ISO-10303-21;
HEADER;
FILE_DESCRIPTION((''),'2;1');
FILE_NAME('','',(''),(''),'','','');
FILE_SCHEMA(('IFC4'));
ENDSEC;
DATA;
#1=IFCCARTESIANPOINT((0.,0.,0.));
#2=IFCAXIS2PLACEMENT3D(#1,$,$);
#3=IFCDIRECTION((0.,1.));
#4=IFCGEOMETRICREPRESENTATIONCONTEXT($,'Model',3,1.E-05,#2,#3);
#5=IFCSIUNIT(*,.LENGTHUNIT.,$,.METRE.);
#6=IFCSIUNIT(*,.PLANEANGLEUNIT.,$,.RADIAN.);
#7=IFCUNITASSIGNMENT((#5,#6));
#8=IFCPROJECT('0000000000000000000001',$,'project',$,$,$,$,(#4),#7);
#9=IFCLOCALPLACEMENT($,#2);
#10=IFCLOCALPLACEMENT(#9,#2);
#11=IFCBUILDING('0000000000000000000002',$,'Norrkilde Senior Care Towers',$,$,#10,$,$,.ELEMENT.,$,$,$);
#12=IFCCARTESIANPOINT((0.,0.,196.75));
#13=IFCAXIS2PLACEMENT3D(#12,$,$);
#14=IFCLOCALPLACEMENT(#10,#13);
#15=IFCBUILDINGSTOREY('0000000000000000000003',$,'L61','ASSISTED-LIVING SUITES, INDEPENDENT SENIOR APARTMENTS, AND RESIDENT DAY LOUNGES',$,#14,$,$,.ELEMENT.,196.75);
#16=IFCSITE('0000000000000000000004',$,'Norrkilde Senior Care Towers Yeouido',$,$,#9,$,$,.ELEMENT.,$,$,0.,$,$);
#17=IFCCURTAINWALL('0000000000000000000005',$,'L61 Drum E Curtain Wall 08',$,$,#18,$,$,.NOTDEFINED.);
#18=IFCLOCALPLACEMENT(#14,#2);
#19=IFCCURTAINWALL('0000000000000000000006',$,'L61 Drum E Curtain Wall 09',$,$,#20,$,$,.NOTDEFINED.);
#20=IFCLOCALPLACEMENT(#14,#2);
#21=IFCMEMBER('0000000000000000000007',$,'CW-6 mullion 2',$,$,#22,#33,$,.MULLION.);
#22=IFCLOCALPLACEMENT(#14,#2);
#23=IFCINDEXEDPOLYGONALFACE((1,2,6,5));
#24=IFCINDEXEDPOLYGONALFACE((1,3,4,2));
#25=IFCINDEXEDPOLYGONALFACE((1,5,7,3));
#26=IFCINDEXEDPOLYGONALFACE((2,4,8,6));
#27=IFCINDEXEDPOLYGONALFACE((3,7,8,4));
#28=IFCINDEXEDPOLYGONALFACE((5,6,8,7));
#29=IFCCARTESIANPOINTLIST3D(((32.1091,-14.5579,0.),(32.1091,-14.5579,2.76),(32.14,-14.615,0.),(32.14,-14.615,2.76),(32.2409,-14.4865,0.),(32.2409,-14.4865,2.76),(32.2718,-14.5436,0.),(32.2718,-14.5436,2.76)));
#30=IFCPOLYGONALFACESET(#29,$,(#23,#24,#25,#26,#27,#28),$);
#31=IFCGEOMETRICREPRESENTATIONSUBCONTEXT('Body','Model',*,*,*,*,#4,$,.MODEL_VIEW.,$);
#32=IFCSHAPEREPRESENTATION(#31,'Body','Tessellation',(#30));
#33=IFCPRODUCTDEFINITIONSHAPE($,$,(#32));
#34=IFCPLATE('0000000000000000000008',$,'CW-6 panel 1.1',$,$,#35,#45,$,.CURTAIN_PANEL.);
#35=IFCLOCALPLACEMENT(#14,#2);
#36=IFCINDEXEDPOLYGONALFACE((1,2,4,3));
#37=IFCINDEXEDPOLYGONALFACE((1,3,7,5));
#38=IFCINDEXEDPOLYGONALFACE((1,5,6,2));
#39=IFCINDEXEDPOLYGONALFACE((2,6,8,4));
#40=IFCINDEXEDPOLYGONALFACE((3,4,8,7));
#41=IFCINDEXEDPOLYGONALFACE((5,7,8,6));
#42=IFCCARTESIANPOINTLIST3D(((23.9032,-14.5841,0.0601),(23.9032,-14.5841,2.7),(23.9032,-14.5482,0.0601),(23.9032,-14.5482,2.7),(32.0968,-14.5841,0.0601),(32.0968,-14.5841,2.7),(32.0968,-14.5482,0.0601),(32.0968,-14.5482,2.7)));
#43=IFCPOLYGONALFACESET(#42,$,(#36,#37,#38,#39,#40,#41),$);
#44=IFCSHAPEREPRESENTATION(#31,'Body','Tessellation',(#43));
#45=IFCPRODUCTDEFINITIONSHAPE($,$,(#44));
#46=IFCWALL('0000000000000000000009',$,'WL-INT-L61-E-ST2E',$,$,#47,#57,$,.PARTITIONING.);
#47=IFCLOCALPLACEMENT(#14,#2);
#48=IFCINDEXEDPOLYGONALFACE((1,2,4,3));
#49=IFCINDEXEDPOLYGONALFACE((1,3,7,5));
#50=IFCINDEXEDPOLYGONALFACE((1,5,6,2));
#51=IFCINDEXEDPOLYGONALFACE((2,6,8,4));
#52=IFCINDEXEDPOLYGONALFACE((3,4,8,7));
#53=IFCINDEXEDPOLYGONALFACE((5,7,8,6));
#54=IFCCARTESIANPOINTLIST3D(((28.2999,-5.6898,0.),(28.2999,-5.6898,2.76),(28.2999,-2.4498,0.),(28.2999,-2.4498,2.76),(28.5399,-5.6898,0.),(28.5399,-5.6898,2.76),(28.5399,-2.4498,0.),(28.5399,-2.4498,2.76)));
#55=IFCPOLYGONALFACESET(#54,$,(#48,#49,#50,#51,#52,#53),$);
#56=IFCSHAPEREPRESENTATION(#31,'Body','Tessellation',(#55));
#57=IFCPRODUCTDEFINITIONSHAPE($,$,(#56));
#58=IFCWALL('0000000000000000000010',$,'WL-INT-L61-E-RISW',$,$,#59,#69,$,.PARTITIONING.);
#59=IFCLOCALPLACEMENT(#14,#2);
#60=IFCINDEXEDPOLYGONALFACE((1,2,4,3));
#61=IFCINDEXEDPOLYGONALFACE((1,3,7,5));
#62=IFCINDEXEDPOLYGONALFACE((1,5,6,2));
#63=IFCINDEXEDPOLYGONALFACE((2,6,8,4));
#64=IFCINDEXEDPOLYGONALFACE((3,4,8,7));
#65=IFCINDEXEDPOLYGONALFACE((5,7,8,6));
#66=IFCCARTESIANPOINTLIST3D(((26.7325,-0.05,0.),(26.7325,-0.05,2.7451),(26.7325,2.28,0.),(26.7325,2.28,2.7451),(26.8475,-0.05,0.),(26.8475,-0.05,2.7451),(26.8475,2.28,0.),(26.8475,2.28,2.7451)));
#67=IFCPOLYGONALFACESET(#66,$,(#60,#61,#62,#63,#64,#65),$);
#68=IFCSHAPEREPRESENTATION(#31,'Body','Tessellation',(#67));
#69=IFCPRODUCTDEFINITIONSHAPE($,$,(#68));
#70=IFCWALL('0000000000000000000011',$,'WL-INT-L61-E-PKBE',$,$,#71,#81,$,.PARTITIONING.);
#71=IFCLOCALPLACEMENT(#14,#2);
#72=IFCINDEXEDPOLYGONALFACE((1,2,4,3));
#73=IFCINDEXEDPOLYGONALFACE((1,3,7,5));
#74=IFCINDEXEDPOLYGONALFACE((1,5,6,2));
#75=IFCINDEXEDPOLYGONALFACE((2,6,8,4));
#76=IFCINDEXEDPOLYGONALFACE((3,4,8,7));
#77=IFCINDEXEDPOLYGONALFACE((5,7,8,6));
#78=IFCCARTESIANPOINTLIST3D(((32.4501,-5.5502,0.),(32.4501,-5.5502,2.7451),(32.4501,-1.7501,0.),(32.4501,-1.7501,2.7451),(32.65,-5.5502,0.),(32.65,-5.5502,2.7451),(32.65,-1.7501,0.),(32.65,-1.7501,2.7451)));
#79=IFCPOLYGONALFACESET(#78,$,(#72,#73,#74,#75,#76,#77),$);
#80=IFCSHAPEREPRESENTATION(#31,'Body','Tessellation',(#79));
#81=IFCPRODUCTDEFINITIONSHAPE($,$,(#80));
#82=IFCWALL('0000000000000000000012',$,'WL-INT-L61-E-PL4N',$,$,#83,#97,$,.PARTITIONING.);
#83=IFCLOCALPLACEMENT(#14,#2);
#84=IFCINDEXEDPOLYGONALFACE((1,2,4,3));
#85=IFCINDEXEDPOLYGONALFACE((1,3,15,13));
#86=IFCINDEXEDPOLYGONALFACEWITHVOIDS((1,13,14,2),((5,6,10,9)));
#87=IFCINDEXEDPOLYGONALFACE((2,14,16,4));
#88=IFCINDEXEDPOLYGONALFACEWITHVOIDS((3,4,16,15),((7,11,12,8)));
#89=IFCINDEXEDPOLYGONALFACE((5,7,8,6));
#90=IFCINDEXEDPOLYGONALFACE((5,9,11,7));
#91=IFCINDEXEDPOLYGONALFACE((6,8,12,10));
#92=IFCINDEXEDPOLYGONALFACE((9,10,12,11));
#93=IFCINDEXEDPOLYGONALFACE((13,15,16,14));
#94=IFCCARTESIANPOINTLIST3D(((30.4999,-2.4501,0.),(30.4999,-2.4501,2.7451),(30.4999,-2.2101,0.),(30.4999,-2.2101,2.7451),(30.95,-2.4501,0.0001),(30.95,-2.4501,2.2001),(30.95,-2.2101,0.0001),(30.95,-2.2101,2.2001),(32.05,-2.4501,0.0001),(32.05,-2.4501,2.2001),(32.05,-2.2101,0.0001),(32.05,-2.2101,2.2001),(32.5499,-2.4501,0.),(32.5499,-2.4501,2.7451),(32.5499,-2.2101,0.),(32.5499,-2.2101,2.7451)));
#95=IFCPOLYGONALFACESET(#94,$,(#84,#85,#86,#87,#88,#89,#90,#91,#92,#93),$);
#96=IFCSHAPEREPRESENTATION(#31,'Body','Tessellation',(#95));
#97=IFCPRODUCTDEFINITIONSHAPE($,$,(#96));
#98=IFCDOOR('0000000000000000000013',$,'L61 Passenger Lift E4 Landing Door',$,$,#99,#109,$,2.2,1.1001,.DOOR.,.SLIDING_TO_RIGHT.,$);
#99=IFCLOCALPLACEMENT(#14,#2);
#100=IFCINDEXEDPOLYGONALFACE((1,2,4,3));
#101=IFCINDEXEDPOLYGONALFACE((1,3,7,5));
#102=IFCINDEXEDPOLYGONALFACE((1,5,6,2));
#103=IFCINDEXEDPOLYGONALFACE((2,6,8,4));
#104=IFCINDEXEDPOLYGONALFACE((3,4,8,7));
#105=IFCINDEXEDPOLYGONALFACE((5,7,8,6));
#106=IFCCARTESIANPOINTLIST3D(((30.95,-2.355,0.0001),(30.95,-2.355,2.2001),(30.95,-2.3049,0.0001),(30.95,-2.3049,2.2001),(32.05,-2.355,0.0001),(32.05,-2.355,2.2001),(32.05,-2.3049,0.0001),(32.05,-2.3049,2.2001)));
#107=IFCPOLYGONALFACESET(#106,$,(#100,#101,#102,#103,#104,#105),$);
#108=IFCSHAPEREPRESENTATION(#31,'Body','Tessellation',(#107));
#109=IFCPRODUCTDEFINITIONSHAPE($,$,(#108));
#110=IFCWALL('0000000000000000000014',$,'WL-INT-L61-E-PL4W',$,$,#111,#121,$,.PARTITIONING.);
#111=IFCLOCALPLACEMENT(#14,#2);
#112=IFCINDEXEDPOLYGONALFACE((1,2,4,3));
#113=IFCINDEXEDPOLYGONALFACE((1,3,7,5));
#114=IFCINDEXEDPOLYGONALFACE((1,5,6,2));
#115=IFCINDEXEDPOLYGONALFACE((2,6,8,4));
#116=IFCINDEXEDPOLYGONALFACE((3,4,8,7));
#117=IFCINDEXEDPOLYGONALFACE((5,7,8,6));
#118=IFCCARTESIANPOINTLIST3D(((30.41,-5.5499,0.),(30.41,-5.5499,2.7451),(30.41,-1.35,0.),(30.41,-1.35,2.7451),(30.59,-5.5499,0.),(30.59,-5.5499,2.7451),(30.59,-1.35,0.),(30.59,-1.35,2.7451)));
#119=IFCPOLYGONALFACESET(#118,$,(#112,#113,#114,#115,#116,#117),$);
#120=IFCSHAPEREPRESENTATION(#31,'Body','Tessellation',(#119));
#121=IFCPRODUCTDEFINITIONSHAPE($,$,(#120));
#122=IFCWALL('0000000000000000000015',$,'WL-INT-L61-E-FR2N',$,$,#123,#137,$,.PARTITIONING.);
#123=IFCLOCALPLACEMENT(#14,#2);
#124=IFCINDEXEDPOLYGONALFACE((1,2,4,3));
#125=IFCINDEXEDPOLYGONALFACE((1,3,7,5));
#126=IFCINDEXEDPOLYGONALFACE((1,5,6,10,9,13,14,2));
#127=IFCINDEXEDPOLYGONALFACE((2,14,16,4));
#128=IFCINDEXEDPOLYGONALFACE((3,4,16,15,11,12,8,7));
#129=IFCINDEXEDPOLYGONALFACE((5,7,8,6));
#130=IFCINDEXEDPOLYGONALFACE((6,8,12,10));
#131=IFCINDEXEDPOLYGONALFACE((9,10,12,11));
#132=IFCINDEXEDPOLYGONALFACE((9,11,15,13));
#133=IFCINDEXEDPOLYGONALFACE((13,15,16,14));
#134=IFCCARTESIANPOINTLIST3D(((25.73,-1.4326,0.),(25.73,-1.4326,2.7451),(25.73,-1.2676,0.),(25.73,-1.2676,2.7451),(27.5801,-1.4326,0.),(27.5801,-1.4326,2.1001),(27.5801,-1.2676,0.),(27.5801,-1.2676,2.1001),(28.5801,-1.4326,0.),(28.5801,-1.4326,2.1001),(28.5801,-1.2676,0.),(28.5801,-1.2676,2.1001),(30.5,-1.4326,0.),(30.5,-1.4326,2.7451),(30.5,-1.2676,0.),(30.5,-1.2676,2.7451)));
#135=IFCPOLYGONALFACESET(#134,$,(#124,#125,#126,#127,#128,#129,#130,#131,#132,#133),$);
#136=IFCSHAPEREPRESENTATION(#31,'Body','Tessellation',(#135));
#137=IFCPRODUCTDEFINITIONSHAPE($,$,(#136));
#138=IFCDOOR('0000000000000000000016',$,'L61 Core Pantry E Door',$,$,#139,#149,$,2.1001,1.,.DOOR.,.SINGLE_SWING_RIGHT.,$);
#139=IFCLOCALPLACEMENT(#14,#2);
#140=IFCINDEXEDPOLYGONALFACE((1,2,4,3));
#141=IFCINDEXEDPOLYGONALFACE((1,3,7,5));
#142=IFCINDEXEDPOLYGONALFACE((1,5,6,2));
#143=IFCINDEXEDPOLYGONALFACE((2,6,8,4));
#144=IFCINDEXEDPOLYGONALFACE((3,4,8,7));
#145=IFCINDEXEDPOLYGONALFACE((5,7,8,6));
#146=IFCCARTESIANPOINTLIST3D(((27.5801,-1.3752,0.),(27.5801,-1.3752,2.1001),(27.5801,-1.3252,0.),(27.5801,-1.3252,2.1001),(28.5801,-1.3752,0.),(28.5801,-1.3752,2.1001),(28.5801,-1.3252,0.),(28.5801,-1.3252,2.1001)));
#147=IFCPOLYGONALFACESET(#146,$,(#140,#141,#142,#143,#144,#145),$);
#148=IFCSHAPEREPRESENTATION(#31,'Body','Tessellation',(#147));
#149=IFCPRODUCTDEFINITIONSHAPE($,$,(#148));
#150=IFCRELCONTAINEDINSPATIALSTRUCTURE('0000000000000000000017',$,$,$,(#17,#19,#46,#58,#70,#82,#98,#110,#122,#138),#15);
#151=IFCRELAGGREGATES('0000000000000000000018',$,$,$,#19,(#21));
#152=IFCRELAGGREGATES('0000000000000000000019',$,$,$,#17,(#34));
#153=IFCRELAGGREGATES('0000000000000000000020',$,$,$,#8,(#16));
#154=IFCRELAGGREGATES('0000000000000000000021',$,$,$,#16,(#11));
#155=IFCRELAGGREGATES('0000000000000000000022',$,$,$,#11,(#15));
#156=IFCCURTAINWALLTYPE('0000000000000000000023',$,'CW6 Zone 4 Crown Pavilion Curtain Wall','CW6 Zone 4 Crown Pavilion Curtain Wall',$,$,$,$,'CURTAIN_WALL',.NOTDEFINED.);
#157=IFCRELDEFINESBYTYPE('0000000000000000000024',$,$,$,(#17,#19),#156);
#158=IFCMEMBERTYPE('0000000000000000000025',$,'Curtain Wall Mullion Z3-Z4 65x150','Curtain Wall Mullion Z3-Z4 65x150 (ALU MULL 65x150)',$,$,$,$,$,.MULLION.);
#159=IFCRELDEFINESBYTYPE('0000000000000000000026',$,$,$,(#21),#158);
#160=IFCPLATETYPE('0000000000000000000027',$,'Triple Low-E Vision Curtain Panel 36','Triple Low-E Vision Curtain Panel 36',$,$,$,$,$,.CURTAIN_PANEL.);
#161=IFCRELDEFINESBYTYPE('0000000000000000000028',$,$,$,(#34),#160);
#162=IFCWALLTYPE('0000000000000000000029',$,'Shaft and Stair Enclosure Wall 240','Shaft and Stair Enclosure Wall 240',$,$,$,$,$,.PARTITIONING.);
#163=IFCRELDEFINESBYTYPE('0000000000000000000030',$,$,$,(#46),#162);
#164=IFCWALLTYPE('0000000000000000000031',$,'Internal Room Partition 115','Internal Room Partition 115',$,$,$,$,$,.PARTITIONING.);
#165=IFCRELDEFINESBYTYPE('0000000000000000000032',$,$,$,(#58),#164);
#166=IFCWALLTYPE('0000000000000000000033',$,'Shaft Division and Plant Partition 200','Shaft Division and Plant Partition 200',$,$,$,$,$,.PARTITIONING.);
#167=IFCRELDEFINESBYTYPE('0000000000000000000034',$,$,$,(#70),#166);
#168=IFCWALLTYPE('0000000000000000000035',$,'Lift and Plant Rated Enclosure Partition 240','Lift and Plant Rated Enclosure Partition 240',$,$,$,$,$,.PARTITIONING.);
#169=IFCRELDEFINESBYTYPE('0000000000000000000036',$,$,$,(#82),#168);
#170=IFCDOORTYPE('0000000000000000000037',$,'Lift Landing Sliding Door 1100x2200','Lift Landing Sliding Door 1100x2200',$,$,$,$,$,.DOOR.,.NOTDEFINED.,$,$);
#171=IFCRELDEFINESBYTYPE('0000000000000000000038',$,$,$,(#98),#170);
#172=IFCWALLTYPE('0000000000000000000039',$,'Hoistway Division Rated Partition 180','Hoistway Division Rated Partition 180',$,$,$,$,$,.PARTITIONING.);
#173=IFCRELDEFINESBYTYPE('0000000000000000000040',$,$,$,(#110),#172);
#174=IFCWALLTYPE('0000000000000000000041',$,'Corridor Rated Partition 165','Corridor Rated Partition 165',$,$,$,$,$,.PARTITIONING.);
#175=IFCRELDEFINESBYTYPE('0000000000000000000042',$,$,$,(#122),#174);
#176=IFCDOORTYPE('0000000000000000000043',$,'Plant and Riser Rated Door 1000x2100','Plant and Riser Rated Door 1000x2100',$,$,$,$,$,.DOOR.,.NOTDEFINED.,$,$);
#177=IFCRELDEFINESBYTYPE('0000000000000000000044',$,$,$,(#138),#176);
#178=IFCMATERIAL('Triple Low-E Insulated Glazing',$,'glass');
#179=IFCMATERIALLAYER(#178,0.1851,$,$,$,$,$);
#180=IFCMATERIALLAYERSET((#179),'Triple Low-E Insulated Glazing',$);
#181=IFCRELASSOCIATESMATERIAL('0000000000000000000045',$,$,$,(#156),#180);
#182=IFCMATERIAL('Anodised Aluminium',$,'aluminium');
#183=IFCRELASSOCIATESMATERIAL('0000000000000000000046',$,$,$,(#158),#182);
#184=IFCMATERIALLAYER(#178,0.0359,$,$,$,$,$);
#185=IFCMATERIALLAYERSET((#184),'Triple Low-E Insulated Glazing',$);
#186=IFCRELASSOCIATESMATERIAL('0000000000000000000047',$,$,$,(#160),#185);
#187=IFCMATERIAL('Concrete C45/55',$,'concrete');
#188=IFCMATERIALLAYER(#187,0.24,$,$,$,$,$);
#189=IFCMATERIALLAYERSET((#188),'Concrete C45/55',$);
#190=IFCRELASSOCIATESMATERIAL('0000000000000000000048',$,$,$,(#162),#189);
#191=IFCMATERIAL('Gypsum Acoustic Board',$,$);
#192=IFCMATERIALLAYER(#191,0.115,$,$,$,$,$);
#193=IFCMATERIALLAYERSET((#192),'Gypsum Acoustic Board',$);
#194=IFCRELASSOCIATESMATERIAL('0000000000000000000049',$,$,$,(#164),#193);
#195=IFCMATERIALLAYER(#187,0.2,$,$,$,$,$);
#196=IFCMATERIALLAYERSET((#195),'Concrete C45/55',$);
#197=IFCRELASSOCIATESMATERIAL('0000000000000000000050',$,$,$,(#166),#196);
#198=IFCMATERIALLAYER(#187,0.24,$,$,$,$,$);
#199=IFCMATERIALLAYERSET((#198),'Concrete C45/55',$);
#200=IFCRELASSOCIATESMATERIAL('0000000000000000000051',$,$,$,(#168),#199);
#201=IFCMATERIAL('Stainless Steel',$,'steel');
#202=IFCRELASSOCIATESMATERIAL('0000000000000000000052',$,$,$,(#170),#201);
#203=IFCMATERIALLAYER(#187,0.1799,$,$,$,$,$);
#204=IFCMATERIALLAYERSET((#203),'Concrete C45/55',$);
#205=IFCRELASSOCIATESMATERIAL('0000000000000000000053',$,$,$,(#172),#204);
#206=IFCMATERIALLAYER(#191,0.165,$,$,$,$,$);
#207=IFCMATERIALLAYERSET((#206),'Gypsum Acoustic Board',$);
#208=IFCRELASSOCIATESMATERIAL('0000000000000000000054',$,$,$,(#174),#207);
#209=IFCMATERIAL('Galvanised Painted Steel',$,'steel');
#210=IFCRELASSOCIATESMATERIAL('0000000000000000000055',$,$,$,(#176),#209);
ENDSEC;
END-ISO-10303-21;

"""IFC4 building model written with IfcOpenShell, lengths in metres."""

from ifc_helpers import new_model, si_unit, direction, frame, frame_2d, origin, origin_2d, place, context, subcontext, project, spatial, rectangle, extrude, source, transform, mapped, material, layer, layer_set, material_profile, profile_set, type_object, type_shapes, element, fill, aggregate, save


model = new_model("IFC4")

# Units and contexts
model_context = context("Model", 3, precision=1e-05, world=origin(), true_north=direction((0.0, 1.0)))
body_context = subcontext(model_context, "Body", "Model", "MODEL_VIEW")
ifc_project = project(units=[si_unit("LENGTHUNIT", "METRE"), si_unit("PLANEANGLEUNIT", "RADIAN")], contexts=[model_context])

# Site, building, storey
site_placement = place(None, origin())
site = spatial("IfcSite", under=ifc_project, at=site_placement, Name="Norrkilde Senior Care Towers Yeouido", CompositionType="ELEMENT", RefElevation=0.0)
building_placement = place(site_placement, origin())
building = spatial("IfcBuilding", under=site, at=building_placement, Name="Norrkilde Senior Care Towers", CompositionType="ELEMENT")
storey_placement = place(building_placement, frame((0.0, 0.0, 196.75)))
storey = spatial("IfcBuildingStorey", under=building, at=storey_placement, Name="L61", Description="ASSISTED-LIVING SUITES, INDEPENDENT SENIOR APARTMENTS, AND RESIDENT DAY LOUNGES", CompositionType="ELEMENT", Elevation=196.75)

# Curtain wall
ifc_material_1 = material(Name="Triple Low-E Insulated Glazing", Category="glass")
ifc_layer_1 = layer(ifc_material_1, 0.1851)
ifc_layer_set_1 = layer_set([ifc_layer_1], Name="Triple Low-E Insulated Glazing")
curtain_wall_type = type_object("IfcCurtainWallType", Name="CW6 Zone 4 Crown Pavilion Curtain Wall", Description="CW6 Zone 4 Crown Pavilion Curtain Wall", ElementType="CURTAIN_WALL", PredefinedType="NOTDEFINED", material=ifc_layer_set_1)
curtain_wall_1_placement = place(storey_placement, origin())
curtain_wall_1 = element("IfcCurtainWall", 1, at=curtain_wall_1_placement, inside=storey, type_object=curtain_wall_type, Name="L61 Drum E Curtain Wall 08", PredefinedType="NOTDEFINED")
ifc_material_2 = material(Name="Anodised Aluminium", Category="aluminium")
ifc_material_profile_1 = material_profile(ifc_material_2, rectangle(XDim=0.0649, YDim=0.1499, at=origin_2d()), Name="ALU MULL 65x150")
ifc_profile_set_1 = profile_set([ifc_material_profile_1], Name="Anodised Aluminium")
member_type_1 = type_object("IfcMemberType", Name="Curtain Wall Mullion Z3-Z4 65x150", Description="Curtain Wall Mullion Z3-Z4 65x150 (ALU MULL 65x150)", PredefinedType="MULLION", material=ifc_profile_set_1)
shared_shape_1 = source(origin(), body_context, "Body", "SweptSolid", [
    extrude(rectangle(XDim=0.0649, YDim=0.1499, at=origin_2d()), origin(), (0.0, 0.0, 1.0), 2.76),
])
type_shapes(member_type_1, [shared_shape_1])

# Curtain wall, member
curtain_wall_2_placement = place(storey_placement, origin())
curtain_wall_2 = element("IfcCurtainWall", 2, at=curtain_wall_2_placement, inside=storey, type_object=curtain_wall_type, Name="L61 Drum E Curtain Wall 09", PredefinedType="NOTDEFINED")
member_1_placement = place(storey_placement, frame((32.1904, -14.5508, 0.0), z_axis=(0.0, 0.0, 1.0), x_axis=(0.476133, -0.879373, 0.0)))
member_1 = element("IfcMember", 3, at=member_1_placement, type_object=member_type_1, Name="CW-6 mullion 2", PredefinedType="MULLION", context=body_context, shape_type="MappedRepresentation", body=[
    mapped(shared_shape_1, transform((0.0, 0.0, 0.0), x_axis=(1.0, 0.0, 0.0), y_axis=(0.0, 1.0, 0.0), z_axis=(0.0, 0.0, 1.0), scale=1.0)),
])
aggregate(curtain_wall_2, [member_1])

# Plate
ifc_layer_2 = layer(ifc_material_1, 0.0359)
ifc_layer_set_2 = layer_set([ifc_layer_2], Name="Triple Low-E Insulated Glazing")
plate_type = type_object("IfcPlateType", Name="Triple Low-E Vision Curtain Panel 36", Description="Triple Low-E Vision Curtain Panel 36", PredefinedType="CURTAIN_PANEL", material=ifc_layer_set_2)
shared_shape_2 = source(origin(), body_context, "Body", "SweptSolid", [
    extrude(rectangle(XDim=8.1936, YDim=0.0359, at=origin_2d()), origin(), (0.0, 0.0, 1.0), 2.6399),
])
type_shapes(plate_type, [shared_shape_2])
plate_placement = place(storey_placement, frame((28.0, -14.5662, 0.0601), z_axis=(0.0, 0.0, 1.0), x_axis=(-1.0, 0.0, 0.0)))
plate = element("IfcPlate", 4, at=plate_placement, type_object=plate_type, Name="CW-6 panel 1.1", PredefinedType="CURTAIN_PANEL", context=body_context, shape_type="MappedRepresentation", body=[
    mapped(shared_shape_2, transform((0.0, 0.0, 0.0), x_axis=(1.0, 0.0, 0.0), y_axis=(0.0, 1.0, 0.0), z_axis=(0.0, 0.0, 1.0), scale=1.0)),
])
aggregate(curtain_wall_1, [plate])

# Walls
ifc_material_3 = material(Name="Concrete C45/55", Category="concrete")
ifc_layer_3 = layer(ifc_material_3, 0.24)
ifc_layer_set_3 = layer_set([ifc_layer_3], Name="Concrete C45/55")
wall_type_1 = type_object("IfcWallType", Name="Shaft and Stair Enclosure Wall 240", Description="Shaft and Stair Enclosure Wall 240", PredefinedType="PARTITIONING", material=ifc_layer_set_3)
shared_shape_3 = source(origin(), body_context, "Body", "SweptSolid", [
    extrude(rectangle(XDim=3.24, YDim=0.24, at=frame_2d((1.6201, 0.0))), origin(), (0.0, 0.0, 1.0), 2.76),
])
type_shapes(wall_type_1, [shared_shape_3])
wall_1_placement = place(storey_placement, frame((28.4199, -5.6899, 0.0), z_axis=(0.0, 0.0, 1.0), x_axis=(0.0, 1.0, 0.0)))
element("IfcWall", 5, at=wall_1_placement, inside=storey, type_object=wall_type_1, Name="WL-INT-L61-E-ST2E", PredefinedType="PARTITIONING", context=body_context, shape_type="MappedRepresentation", body=[
    mapped(shared_shape_3, transform((0.0, 0.0, 0.0), x_axis=(1.0, 0.0, 0.0), y_axis=(0.0, 1.0, 0.0), z_axis=(0.0, 0.0, 1.0), scale=1.0)),
])
ifc_material_4 = material(Name="Gypsum Acoustic Board")
ifc_layer_4 = layer(ifc_material_4, 0.115)
ifc_layer_set_4 = layer_set([ifc_layer_4], Name="Gypsum Acoustic Board")
wall_type_2 = type_object("IfcWallType", Name="Internal Room Partition 115", Description="Internal Room Partition 115", PredefinedType="PARTITIONING", material=ifc_layer_set_4)
shared_shape_4 = source(origin(), body_context, "Body", "SweptSolid", [
    extrude(rectangle(XDim=2.3301, YDim=0.115, at=frame_2d((1.165, 0.0))), origin(), (0.0, 0.0, 1.0), 2.7451),
])
wall_2_placement = place(storey_placement, frame((26.79, -0.05, 0.0), z_axis=(0.0, 0.0, 1.0), x_axis=(0.0, 1.0, 0.0)))
element("IfcWall", 6, at=wall_2_placement, inside=storey, type_object=wall_type_2, Name="WL-INT-L61-E-RISW", PredefinedType="PARTITIONING", context=body_context, shape_type="MappedRepresentation", body=[
    mapped(shared_shape_4, transform((0.0, 0.0, 0.0), x_axis=(1.0, 0.0, 0.0), y_axis=(0.0, 1.0, 0.0), z_axis=(0.0, 0.0, 1.0), scale=1.0)),
])
ifc_layer_5 = layer(ifc_material_3, 0.2)
ifc_layer_set_5 = layer_set([ifc_layer_5], Name="Concrete C45/55")
wall_type_3 = type_object("IfcWallType", Name="Shaft Division and Plant Partition 200", Description="Shaft Division and Plant Partition 200", PredefinedType="PARTITIONING", material=ifc_layer_set_5)
shared_shape_5 = source(origin(), body_context, "Body", "SweptSolid", [
    extrude(rectangle(XDim=3.8, YDim=0.2, at=frame_2d((1.8999, 0.0))), origin(), (0.0, 0.0, 1.0), 2.7451),
])
type_shapes(wall_type_3, [shared_shape_5])
wall_3_placement = place(storey_placement, frame((32.55, -5.55, 0.0), z_axis=(0.0, 0.0, 1.0), x_axis=(0.0, 1.0, 0.0)))
element("IfcWall", 7, at=wall_3_placement, inside=storey, type_object=wall_type_3, Name="WL-INT-L61-E-PKBE", PredefinedType="PARTITIONING", context=body_context, shape_type="MappedRepresentation", body=[
    mapped(shared_shape_5, transform((0.0, 0.0, 0.0), x_axis=(1.0, 0.0, 0.0), y_axis=(0.0, 1.0, 0.0), z_axis=(0.0, 0.0, 1.0), scale=1.0)),
])

# Wall, opening, door
ifc_layer_6 = layer(ifc_material_3, 0.24)
ifc_layer_set_6 = layer_set([ifc_layer_6], Name="Concrete C45/55")
wall_type_4 = type_object("IfcWallType", Name="Lift and Plant Rated Enclosure Partition 240", Description="Lift and Plant Rated Enclosure Partition 240", PredefinedType="PARTITIONING", material=ifc_layer_set_6)
shared_shape_6 = source(origin(), body_context, "Body", "SweptSolid", [
    extrude(rectangle(XDim=2.05, YDim=0.24, at=frame_2d((1.0249, 0.0))), origin(), (0.0, 0.0, 1.0), 2.7451),
])
type_shapes(wall_type_4, [shared_shape_6])
wall_4_placement = place(storey_placement, frame((30.5, -2.3301, 0.0), z_axis=(0.0, 0.0, 1.0), x_axis=(1.0, 0.0, 0.0)))
wall_4 = element("IfcWall", 8, at=wall_4_placement, inside=storey, type_object=wall_type_4, Name="WL-INT-L61-E-PL4N", PredefinedType="PARTITIONING", context=body_context, shape_type="MappedRepresentation", body=[
    mapped(shared_shape_6, transform((0.0, 0.0, 0.0), x_axis=(1.0, 0.0, 0.0), y_axis=(0.0, 1.0, 0.0), z_axis=(0.0, 0.0, 1.0), scale=1.0)),
])
opening_1_placement = place(wall_4_placement, frame((0.45, 0.0, 0.0)))
opening_1 = element("IfcOpeningElement", 9, at=opening_1_placement, cuts=wall_4, PredefinedType="OPENING", context=body_context, shape_type="SweptSolid", body=[
    extrude(rectangle(XDim=1.1001, YDim=2.2, at=frame_2d((0.55, 1.1001))), frame((0.0, 0.1299, 0.0), z_axis=(0.0, -1.0, 0.0), x_axis=(1.0, 0.0, 0.0)), (0.0, 0.0, 1.0), 0.26),
])
ifc_material_5 = material(Name="Stainless Steel", Category="steel")
door_type_1 = type_object("IfcDoorType", Name="Lift Landing Sliding Door 1100x2200", Description="Lift Landing Sliding Door 1100x2200", OperationType="NOTDEFINED", PredefinedType="DOOR", material=ifc_material_5)
shared_shape_7 = source(origin(), body_context, "Body", "SweptSolid", [
    extrude(rectangle(XDim=1.1001, YDim=2.2, at=frame_2d((0.55, 1.1001))), frame((0.0, 0.0249, 0.0), z_axis=(0.0, -1.0, 0.0), x_axis=(1.0, 0.0, 0.0)), (0.0, 0.0, 1.0), 0.05),
])
type_shapes(door_type_1, [shared_shape_7])
door_1_placement = place(opening_1_placement, frame((1.1001, 0.0, 0.0), z_axis=(0.0, 0.0, 1.0), x_axis=(-1.0, 0.0, 0.0)))
door_1 = element("IfcDoor", 10, at=door_1_placement, inside=storey, type_object=door_type_1, Name="L61 Passenger Lift E4 Landing Door", OperationType="SLIDING_TO_RIGHT", OverallHeight=2.2, OverallWidth=1.1001, PredefinedType="DOOR", context=body_context, shape_type="MappedRepresentation", body=[
    mapped(shared_shape_7, transform((0.0, 0.0, 0.0), x_axis=(1.0, 0.0, 0.0), y_axis=(0.0, 1.0, 0.0), z_axis=(0.0, 0.0, 1.0), scale=1.0)),
])
fill(opening_1, door_1)

# Wall
ifc_layer_7 = layer(ifc_material_3, 0.1799)
ifc_layer_set_7 = layer_set([ifc_layer_7], Name="Concrete C45/55")
wall_type_5 = type_object("IfcWallType", Name="Hoistway Division Rated Partition 180", Description="Hoistway Division Rated Partition 180", PredefinedType="PARTITIONING", material=ifc_layer_set_7)
shared_shape_8 = source(origin(), body_context, "Body", "SweptSolid", [
    extrude(rectangle(XDim=4.2, YDim=0.1799, at=frame_2d((2.1001, 0.0))), origin(), (0.0, 0.0, 1.0), 2.7451),
])
type_shapes(wall_type_5, [shared_shape_8])
wall_5_placement = place(storey_placement, frame((30.5, -5.55, 0.0), z_axis=(0.0, 0.0, 1.0), x_axis=(0.0, 1.0, 0.0)))
element("IfcWall", 11, at=wall_5_placement, inside=storey, type_object=wall_type_5, Name="WL-INT-L61-E-PL4W", PredefinedType="PARTITIONING", context=body_context, shape_type="MappedRepresentation", body=[
    mapped(shared_shape_8, transform((0.0, 0.0, 0.0), x_axis=(1.0, 0.0, 0.0), y_axis=(0.0, 1.0, 0.0), z_axis=(0.0, 0.0, 1.0), scale=1.0)),
])

# Wall, opening, door
ifc_layer_8 = layer(ifc_material_4, 0.165)
ifc_layer_set_8 = layer_set([ifc_layer_8], Name="Gypsum Acoustic Board")
wall_type_6 = type_object("IfcWallType", Name="Corridor Rated Partition 165", Description="Corridor Rated Partition 165", PredefinedType="PARTITIONING", material=ifc_layer_set_8)
shared_shape_9 = source(origin(), body_context, "Body", "SweptSolid", [
    extrude(rectangle(XDim=4.77, YDim=0.165, at=frame_2d((2.385, 0.0))), origin(), (0.0, 0.0, 1.0), 2.7451),
])
wall_6_placement = place(storey_placement, frame((25.73, -1.3501, 0.0), z_axis=(0.0, 0.0, 1.0), x_axis=(1.0, 0.0, 0.0)))
wall_6 = element("IfcWall", 12, at=wall_6_placement, inside=storey, type_object=wall_type_6, Name="WL-INT-L61-E-FR2N", PredefinedType="PARTITIONING", context=body_context, shape_type="MappedRepresentation", body=[
    mapped(shared_shape_9, transform((0.0, 0.0, 0.0), x_axis=(1.0, 0.0, 0.0), y_axis=(0.0, 1.0, 0.0), z_axis=(0.0, 0.0, 1.0), scale=1.0)),
])
opening_2_placement = place(wall_6_placement, frame((1.8501, 0.0, 0.0)))
opening_2 = element("IfcOpeningElement", 13, at=opening_2_placement, cuts=wall_6, PredefinedType="OPENING", context=body_context, shape_type="SweptSolid", body=[
    extrude(rectangle(XDim=1.0, YDim=2.1001, at=frame_2d((0.5, 1.05))), frame((0.0, 0.0925, 0.0), z_axis=(0.0, -1.0, 0.0), x_axis=(1.0, 0.0, 0.0)), (0.0, 0.0, 1.0), 0.1851),
])
ifc_material_6 = material(Name="Galvanised Painted Steel", Category="steel")
door_type_2 = type_object("IfcDoorType", Name="Plant and Riser Rated Door 1000x2100", Description="Plant and Riser Rated Door 1000x2100", OperationType="NOTDEFINED", PredefinedType="DOOR", material=ifc_material_6)
shared_shape_10 = source(origin(), body_context, "Body", "SweptSolid", [
    extrude(rectangle(XDim=1.0, YDim=2.1001, at=frame_2d((0.5, 1.05))), frame((0.0, 0.0249, 0.0), z_axis=(0.0, -1.0, 0.0), x_axis=(1.0, 0.0, 0.0)), (0.0, 0.0, 1.0), 0.05),
])
type_shapes(door_type_2, [shared_shape_10])
door_2_placement = place(opening_2_placement, origin())
door_2 = element("IfcDoor", 14, at=door_2_placement, inside=storey, type_object=door_type_2, Name="L61 Core Pantry E Door", OperationType="SINGLE_SWING_RIGHT", OverallHeight=2.1001, OverallWidth=1.0, PredefinedType="DOOR", context=body_context, shape_type="MappedRepresentation", body=[
    mapped(shared_shape_10, transform((0.0, 0.0, 0.0), x_axis=(1.0, 0.0, 0.0), y_axis=(0.0, 1.0, 0.0), z_axis=(0.0, 0.0, 1.0), scale=1.0)),
])
fill(opening_2, door_2)

save(model, "model.ifc")
